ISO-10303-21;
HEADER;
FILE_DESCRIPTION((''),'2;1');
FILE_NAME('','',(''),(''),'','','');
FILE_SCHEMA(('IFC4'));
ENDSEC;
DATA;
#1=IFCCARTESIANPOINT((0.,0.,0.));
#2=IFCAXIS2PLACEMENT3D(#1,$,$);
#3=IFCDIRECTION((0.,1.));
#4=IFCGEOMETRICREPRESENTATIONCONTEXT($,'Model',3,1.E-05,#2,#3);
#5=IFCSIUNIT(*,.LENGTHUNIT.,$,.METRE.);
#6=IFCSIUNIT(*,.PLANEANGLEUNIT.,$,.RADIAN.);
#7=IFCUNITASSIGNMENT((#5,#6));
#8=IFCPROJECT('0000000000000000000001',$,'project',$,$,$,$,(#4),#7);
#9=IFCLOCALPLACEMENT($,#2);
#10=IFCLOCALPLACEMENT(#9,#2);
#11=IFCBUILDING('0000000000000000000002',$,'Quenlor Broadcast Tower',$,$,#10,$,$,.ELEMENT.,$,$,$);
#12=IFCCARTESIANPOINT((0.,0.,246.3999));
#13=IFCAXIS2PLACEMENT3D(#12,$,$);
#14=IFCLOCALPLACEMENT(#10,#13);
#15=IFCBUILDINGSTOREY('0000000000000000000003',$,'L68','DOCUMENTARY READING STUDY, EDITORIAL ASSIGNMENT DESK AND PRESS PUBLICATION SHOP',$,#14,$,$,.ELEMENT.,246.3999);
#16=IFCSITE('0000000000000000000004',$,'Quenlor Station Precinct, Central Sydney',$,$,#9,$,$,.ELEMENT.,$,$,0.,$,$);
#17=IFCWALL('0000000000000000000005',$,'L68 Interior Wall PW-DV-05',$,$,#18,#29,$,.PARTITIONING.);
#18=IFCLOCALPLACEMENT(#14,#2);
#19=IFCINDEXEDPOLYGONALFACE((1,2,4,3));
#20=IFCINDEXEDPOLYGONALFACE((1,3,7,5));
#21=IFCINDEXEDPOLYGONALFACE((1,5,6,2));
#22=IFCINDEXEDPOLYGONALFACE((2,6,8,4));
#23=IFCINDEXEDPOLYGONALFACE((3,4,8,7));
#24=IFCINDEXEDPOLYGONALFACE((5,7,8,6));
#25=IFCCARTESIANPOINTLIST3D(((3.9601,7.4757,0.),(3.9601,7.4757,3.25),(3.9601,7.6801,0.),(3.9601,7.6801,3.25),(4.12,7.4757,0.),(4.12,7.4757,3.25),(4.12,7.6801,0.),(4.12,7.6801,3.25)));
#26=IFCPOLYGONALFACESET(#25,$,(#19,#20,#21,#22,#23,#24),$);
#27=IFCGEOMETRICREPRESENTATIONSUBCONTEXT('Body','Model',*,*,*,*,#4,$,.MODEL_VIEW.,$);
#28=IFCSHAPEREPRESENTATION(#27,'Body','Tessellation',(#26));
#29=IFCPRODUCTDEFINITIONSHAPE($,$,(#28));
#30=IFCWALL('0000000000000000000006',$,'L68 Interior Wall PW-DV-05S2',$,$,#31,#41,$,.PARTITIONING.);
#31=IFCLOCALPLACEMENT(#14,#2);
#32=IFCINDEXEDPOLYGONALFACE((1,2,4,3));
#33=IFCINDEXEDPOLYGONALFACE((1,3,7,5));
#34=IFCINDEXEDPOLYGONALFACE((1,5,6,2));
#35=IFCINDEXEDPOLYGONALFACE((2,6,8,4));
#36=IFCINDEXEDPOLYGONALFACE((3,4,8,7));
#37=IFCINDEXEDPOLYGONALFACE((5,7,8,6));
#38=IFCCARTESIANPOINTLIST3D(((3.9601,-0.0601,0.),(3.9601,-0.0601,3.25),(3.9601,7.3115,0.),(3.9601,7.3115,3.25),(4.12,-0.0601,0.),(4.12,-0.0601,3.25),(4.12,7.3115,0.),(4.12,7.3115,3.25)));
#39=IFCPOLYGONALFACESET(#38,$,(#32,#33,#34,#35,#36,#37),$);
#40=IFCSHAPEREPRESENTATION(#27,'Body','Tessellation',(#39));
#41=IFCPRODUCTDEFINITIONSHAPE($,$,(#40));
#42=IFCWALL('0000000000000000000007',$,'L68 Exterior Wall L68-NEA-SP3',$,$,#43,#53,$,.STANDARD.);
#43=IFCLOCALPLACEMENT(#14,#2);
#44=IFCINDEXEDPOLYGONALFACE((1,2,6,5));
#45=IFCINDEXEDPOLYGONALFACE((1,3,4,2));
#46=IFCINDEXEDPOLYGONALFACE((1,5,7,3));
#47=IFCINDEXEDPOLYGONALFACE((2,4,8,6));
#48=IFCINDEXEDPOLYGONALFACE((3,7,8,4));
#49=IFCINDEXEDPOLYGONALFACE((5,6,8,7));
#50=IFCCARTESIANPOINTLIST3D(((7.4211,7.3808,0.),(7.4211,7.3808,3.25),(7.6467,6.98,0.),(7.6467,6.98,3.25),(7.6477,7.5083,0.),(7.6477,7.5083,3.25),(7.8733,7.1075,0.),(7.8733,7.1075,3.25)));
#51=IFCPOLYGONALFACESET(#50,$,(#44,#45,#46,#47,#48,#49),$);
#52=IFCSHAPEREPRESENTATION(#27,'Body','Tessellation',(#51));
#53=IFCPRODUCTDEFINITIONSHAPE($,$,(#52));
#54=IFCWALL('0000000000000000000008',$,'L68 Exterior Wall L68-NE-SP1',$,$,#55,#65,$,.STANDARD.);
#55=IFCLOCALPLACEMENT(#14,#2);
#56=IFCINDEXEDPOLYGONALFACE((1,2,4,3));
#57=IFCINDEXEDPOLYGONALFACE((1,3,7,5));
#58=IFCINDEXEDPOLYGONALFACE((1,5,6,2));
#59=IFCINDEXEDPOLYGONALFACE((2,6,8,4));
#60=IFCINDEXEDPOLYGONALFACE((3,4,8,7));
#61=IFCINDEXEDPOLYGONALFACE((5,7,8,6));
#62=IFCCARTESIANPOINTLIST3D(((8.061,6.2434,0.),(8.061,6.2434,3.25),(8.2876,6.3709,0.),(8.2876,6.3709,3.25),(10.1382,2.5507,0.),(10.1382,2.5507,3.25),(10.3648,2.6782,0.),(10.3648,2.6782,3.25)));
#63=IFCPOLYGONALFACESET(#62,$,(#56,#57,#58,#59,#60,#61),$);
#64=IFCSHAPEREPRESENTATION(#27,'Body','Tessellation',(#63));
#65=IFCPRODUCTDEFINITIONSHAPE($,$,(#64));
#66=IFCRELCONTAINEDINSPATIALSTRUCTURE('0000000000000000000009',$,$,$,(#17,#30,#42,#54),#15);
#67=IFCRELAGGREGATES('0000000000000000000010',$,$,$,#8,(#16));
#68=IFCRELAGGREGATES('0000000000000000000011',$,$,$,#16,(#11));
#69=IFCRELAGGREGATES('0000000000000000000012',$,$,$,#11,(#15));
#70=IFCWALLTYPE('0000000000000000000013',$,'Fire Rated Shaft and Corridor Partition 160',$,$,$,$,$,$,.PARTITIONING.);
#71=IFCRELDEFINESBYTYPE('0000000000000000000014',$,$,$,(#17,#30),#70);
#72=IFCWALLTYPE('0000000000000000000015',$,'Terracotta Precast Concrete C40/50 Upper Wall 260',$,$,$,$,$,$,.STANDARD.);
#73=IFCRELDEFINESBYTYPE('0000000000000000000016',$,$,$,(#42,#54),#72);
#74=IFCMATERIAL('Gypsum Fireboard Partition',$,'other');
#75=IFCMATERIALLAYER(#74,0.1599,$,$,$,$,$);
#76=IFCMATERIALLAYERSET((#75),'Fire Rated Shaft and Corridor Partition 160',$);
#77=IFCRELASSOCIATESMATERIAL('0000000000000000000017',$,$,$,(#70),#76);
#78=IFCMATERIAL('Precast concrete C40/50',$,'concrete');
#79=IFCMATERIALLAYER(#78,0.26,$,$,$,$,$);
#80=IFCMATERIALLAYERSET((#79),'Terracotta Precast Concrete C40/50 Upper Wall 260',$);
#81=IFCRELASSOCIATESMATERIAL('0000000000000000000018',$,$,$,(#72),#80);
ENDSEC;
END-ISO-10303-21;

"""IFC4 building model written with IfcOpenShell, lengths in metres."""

from ifc_helpers import new_model, si_unit, direction, frame, frame_2d, origin, place, context, subcontext, project, spatial, rectangle, extrude, material, layer, layer_set, type_object, element, save


model = new_model("IFC4")

# Units and contexts
model_context = context("Model", 3, precision=1e-05, world=origin(), true_north=direction((0.0, 1.0)))
body_context = subcontext(model_context, "Body", "Model", "MODEL_VIEW")
ifc_project = project(units=[si_unit("LENGTHUNIT", "METRE"), si_unit("PLANEANGLEUNIT", "RADIAN")], contexts=[model_context])

# Site, building, storey
site_placement = place(None, origin())
site = spatial("IfcSite", under=ifc_project, at=site_placement, Name="Quenlor Station Precinct, Central Sydney", CompositionType="ELEMENT", RefElevation=0.0)
building_placement = place(site_placement, origin())
building = spatial("IfcBuilding", under=site, at=building_placement, Name="Quenlor Broadcast Tower", CompositionType="ELEMENT")
storey_placement = place(building_placement, frame((0.0, 0.0, 246.3999)))
storey = spatial("IfcBuildingStorey", under=building, at=storey_placement, Name="L68", Description="DOCUMENTARY READING STUDY, EDITORIAL ASSIGNMENT DESK AND PRESS PUBLICATION SHOP", CompositionType="ELEMENT", Elevation=246.3999)

# Walls
ifc_material_1 = material(Name="Gypsum Fireboard Partition", Category="other")
ifc_layer_1 = layer(ifc_material_1, 0.1599)
ifc_layer_set_1 = layer_set([ifc_layer_1], Name="Fire Rated Shaft and Corridor Partition 160")
wall_type_1 = type_object("IfcWallType", Name="Fire Rated Shaft and Corridor Partition 160", PredefinedType="PARTITIONING", material=ifc_layer_set_1)
wall_1_placement = place(storey_placement, frame((4.04, 7.6799, 0.0), z_axis=(0.0, 0.0, 1.0), x_axis=(0.0, -1.0, 0.0)))
element("IfcWall", 1, at=wall_1_placement, inside=storey, type_object=wall_type_1, Name="L68 Interior Wall PW-DV-05", PredefinedType="PARTITIONING", context=body_context, shape_type="SweptSolid", body=[
    extrude(rectangle(XDim=0.2043, YDim=0.1599, at=frame_2d((0.1021, 0.0))), origin(), (0.0, 0.0, 1.0), 3.25),
])
wall_2_placement = place(storey_placement, frame((4.04, 7.3115, 0.0), z_axis=(0.0, 0.0, 1.0), x_axis=(0.0, -1.0, 0.0)))
element("IfcWall", 2, at=wall_2_placement, inside=storey, type_object=wall_type_1, Name="L68 Interior Wall PW-DV-05S2", PredefinedType="PARTITIONING", context=body_context, shape_type="SweptSolid", body=[
    extrude(rectangle(XDim=7.3716, YDim=0.1599, at=frame_2d((3.6858, 0.0))), origin(), (0.0, 0.0, 1.0), 3.25),
])
ifc_material_2 = material(Name="Precast concrete C40/50", Category="concrete")
ifc_layer_2 = layer(ifc_material_2, 0.26)
ifc_layer_set_2 = layer_set([ifc_layer_2], Name="Terracotta Precast Concrete C40/50 Upper Wall 260")
wall_type_2 = type_object("IfcWallType", Name="Terracotta Precast Concrete C40/50 Upper Wall 260", PredefinedType="STANDARD", material=ifc_layer_set_2)
wall_3_placement = place(storey_placement, frame((7.5344, 7.4446, 0.0), z_axis=(0.0, 0.0, 1.0), x_axis=(0.490412, -0.87149, 0.0)))
element("IfcWall", 3, at=wall_3_placement, inside=storey, type_object=wall_type_2, Name="L68 Exterior Wall L68-NEA-SP3", PredefinedType="STANDARD", context=body_context, shape_type="SweptSolid", body=[
    extrude(rectangle(XDim=0.46, YDim=0.26, at=frame_2d((0.23, 0.0))), origin(), (0.0, 0.0, 1.0), 3.25),
])
wall_4_placement = place(storey_placement, frame((8.1743, 6.3071, 0.0), z_axis=(0.0, 0.0, 1.0), x_axis=(0.490269, -0.871571, 0.0)))
element("IfcWall", 4, at=wall_4_placement, inside=storey, type_object=wall_type_2, Name="L68 Exterior Wall L68-NE-SP1", PredefinedType="STANDARD", context=body_context, shape_type="SweptSolid", body=[
    extrude(rectangle(XDim=4.2368, YDim=0.26, at=frame_2d((2.1184, 0.0))), origin(), (0.0, 0.0, 1.0), 3.25),
])

save(model, "model.ifc")
